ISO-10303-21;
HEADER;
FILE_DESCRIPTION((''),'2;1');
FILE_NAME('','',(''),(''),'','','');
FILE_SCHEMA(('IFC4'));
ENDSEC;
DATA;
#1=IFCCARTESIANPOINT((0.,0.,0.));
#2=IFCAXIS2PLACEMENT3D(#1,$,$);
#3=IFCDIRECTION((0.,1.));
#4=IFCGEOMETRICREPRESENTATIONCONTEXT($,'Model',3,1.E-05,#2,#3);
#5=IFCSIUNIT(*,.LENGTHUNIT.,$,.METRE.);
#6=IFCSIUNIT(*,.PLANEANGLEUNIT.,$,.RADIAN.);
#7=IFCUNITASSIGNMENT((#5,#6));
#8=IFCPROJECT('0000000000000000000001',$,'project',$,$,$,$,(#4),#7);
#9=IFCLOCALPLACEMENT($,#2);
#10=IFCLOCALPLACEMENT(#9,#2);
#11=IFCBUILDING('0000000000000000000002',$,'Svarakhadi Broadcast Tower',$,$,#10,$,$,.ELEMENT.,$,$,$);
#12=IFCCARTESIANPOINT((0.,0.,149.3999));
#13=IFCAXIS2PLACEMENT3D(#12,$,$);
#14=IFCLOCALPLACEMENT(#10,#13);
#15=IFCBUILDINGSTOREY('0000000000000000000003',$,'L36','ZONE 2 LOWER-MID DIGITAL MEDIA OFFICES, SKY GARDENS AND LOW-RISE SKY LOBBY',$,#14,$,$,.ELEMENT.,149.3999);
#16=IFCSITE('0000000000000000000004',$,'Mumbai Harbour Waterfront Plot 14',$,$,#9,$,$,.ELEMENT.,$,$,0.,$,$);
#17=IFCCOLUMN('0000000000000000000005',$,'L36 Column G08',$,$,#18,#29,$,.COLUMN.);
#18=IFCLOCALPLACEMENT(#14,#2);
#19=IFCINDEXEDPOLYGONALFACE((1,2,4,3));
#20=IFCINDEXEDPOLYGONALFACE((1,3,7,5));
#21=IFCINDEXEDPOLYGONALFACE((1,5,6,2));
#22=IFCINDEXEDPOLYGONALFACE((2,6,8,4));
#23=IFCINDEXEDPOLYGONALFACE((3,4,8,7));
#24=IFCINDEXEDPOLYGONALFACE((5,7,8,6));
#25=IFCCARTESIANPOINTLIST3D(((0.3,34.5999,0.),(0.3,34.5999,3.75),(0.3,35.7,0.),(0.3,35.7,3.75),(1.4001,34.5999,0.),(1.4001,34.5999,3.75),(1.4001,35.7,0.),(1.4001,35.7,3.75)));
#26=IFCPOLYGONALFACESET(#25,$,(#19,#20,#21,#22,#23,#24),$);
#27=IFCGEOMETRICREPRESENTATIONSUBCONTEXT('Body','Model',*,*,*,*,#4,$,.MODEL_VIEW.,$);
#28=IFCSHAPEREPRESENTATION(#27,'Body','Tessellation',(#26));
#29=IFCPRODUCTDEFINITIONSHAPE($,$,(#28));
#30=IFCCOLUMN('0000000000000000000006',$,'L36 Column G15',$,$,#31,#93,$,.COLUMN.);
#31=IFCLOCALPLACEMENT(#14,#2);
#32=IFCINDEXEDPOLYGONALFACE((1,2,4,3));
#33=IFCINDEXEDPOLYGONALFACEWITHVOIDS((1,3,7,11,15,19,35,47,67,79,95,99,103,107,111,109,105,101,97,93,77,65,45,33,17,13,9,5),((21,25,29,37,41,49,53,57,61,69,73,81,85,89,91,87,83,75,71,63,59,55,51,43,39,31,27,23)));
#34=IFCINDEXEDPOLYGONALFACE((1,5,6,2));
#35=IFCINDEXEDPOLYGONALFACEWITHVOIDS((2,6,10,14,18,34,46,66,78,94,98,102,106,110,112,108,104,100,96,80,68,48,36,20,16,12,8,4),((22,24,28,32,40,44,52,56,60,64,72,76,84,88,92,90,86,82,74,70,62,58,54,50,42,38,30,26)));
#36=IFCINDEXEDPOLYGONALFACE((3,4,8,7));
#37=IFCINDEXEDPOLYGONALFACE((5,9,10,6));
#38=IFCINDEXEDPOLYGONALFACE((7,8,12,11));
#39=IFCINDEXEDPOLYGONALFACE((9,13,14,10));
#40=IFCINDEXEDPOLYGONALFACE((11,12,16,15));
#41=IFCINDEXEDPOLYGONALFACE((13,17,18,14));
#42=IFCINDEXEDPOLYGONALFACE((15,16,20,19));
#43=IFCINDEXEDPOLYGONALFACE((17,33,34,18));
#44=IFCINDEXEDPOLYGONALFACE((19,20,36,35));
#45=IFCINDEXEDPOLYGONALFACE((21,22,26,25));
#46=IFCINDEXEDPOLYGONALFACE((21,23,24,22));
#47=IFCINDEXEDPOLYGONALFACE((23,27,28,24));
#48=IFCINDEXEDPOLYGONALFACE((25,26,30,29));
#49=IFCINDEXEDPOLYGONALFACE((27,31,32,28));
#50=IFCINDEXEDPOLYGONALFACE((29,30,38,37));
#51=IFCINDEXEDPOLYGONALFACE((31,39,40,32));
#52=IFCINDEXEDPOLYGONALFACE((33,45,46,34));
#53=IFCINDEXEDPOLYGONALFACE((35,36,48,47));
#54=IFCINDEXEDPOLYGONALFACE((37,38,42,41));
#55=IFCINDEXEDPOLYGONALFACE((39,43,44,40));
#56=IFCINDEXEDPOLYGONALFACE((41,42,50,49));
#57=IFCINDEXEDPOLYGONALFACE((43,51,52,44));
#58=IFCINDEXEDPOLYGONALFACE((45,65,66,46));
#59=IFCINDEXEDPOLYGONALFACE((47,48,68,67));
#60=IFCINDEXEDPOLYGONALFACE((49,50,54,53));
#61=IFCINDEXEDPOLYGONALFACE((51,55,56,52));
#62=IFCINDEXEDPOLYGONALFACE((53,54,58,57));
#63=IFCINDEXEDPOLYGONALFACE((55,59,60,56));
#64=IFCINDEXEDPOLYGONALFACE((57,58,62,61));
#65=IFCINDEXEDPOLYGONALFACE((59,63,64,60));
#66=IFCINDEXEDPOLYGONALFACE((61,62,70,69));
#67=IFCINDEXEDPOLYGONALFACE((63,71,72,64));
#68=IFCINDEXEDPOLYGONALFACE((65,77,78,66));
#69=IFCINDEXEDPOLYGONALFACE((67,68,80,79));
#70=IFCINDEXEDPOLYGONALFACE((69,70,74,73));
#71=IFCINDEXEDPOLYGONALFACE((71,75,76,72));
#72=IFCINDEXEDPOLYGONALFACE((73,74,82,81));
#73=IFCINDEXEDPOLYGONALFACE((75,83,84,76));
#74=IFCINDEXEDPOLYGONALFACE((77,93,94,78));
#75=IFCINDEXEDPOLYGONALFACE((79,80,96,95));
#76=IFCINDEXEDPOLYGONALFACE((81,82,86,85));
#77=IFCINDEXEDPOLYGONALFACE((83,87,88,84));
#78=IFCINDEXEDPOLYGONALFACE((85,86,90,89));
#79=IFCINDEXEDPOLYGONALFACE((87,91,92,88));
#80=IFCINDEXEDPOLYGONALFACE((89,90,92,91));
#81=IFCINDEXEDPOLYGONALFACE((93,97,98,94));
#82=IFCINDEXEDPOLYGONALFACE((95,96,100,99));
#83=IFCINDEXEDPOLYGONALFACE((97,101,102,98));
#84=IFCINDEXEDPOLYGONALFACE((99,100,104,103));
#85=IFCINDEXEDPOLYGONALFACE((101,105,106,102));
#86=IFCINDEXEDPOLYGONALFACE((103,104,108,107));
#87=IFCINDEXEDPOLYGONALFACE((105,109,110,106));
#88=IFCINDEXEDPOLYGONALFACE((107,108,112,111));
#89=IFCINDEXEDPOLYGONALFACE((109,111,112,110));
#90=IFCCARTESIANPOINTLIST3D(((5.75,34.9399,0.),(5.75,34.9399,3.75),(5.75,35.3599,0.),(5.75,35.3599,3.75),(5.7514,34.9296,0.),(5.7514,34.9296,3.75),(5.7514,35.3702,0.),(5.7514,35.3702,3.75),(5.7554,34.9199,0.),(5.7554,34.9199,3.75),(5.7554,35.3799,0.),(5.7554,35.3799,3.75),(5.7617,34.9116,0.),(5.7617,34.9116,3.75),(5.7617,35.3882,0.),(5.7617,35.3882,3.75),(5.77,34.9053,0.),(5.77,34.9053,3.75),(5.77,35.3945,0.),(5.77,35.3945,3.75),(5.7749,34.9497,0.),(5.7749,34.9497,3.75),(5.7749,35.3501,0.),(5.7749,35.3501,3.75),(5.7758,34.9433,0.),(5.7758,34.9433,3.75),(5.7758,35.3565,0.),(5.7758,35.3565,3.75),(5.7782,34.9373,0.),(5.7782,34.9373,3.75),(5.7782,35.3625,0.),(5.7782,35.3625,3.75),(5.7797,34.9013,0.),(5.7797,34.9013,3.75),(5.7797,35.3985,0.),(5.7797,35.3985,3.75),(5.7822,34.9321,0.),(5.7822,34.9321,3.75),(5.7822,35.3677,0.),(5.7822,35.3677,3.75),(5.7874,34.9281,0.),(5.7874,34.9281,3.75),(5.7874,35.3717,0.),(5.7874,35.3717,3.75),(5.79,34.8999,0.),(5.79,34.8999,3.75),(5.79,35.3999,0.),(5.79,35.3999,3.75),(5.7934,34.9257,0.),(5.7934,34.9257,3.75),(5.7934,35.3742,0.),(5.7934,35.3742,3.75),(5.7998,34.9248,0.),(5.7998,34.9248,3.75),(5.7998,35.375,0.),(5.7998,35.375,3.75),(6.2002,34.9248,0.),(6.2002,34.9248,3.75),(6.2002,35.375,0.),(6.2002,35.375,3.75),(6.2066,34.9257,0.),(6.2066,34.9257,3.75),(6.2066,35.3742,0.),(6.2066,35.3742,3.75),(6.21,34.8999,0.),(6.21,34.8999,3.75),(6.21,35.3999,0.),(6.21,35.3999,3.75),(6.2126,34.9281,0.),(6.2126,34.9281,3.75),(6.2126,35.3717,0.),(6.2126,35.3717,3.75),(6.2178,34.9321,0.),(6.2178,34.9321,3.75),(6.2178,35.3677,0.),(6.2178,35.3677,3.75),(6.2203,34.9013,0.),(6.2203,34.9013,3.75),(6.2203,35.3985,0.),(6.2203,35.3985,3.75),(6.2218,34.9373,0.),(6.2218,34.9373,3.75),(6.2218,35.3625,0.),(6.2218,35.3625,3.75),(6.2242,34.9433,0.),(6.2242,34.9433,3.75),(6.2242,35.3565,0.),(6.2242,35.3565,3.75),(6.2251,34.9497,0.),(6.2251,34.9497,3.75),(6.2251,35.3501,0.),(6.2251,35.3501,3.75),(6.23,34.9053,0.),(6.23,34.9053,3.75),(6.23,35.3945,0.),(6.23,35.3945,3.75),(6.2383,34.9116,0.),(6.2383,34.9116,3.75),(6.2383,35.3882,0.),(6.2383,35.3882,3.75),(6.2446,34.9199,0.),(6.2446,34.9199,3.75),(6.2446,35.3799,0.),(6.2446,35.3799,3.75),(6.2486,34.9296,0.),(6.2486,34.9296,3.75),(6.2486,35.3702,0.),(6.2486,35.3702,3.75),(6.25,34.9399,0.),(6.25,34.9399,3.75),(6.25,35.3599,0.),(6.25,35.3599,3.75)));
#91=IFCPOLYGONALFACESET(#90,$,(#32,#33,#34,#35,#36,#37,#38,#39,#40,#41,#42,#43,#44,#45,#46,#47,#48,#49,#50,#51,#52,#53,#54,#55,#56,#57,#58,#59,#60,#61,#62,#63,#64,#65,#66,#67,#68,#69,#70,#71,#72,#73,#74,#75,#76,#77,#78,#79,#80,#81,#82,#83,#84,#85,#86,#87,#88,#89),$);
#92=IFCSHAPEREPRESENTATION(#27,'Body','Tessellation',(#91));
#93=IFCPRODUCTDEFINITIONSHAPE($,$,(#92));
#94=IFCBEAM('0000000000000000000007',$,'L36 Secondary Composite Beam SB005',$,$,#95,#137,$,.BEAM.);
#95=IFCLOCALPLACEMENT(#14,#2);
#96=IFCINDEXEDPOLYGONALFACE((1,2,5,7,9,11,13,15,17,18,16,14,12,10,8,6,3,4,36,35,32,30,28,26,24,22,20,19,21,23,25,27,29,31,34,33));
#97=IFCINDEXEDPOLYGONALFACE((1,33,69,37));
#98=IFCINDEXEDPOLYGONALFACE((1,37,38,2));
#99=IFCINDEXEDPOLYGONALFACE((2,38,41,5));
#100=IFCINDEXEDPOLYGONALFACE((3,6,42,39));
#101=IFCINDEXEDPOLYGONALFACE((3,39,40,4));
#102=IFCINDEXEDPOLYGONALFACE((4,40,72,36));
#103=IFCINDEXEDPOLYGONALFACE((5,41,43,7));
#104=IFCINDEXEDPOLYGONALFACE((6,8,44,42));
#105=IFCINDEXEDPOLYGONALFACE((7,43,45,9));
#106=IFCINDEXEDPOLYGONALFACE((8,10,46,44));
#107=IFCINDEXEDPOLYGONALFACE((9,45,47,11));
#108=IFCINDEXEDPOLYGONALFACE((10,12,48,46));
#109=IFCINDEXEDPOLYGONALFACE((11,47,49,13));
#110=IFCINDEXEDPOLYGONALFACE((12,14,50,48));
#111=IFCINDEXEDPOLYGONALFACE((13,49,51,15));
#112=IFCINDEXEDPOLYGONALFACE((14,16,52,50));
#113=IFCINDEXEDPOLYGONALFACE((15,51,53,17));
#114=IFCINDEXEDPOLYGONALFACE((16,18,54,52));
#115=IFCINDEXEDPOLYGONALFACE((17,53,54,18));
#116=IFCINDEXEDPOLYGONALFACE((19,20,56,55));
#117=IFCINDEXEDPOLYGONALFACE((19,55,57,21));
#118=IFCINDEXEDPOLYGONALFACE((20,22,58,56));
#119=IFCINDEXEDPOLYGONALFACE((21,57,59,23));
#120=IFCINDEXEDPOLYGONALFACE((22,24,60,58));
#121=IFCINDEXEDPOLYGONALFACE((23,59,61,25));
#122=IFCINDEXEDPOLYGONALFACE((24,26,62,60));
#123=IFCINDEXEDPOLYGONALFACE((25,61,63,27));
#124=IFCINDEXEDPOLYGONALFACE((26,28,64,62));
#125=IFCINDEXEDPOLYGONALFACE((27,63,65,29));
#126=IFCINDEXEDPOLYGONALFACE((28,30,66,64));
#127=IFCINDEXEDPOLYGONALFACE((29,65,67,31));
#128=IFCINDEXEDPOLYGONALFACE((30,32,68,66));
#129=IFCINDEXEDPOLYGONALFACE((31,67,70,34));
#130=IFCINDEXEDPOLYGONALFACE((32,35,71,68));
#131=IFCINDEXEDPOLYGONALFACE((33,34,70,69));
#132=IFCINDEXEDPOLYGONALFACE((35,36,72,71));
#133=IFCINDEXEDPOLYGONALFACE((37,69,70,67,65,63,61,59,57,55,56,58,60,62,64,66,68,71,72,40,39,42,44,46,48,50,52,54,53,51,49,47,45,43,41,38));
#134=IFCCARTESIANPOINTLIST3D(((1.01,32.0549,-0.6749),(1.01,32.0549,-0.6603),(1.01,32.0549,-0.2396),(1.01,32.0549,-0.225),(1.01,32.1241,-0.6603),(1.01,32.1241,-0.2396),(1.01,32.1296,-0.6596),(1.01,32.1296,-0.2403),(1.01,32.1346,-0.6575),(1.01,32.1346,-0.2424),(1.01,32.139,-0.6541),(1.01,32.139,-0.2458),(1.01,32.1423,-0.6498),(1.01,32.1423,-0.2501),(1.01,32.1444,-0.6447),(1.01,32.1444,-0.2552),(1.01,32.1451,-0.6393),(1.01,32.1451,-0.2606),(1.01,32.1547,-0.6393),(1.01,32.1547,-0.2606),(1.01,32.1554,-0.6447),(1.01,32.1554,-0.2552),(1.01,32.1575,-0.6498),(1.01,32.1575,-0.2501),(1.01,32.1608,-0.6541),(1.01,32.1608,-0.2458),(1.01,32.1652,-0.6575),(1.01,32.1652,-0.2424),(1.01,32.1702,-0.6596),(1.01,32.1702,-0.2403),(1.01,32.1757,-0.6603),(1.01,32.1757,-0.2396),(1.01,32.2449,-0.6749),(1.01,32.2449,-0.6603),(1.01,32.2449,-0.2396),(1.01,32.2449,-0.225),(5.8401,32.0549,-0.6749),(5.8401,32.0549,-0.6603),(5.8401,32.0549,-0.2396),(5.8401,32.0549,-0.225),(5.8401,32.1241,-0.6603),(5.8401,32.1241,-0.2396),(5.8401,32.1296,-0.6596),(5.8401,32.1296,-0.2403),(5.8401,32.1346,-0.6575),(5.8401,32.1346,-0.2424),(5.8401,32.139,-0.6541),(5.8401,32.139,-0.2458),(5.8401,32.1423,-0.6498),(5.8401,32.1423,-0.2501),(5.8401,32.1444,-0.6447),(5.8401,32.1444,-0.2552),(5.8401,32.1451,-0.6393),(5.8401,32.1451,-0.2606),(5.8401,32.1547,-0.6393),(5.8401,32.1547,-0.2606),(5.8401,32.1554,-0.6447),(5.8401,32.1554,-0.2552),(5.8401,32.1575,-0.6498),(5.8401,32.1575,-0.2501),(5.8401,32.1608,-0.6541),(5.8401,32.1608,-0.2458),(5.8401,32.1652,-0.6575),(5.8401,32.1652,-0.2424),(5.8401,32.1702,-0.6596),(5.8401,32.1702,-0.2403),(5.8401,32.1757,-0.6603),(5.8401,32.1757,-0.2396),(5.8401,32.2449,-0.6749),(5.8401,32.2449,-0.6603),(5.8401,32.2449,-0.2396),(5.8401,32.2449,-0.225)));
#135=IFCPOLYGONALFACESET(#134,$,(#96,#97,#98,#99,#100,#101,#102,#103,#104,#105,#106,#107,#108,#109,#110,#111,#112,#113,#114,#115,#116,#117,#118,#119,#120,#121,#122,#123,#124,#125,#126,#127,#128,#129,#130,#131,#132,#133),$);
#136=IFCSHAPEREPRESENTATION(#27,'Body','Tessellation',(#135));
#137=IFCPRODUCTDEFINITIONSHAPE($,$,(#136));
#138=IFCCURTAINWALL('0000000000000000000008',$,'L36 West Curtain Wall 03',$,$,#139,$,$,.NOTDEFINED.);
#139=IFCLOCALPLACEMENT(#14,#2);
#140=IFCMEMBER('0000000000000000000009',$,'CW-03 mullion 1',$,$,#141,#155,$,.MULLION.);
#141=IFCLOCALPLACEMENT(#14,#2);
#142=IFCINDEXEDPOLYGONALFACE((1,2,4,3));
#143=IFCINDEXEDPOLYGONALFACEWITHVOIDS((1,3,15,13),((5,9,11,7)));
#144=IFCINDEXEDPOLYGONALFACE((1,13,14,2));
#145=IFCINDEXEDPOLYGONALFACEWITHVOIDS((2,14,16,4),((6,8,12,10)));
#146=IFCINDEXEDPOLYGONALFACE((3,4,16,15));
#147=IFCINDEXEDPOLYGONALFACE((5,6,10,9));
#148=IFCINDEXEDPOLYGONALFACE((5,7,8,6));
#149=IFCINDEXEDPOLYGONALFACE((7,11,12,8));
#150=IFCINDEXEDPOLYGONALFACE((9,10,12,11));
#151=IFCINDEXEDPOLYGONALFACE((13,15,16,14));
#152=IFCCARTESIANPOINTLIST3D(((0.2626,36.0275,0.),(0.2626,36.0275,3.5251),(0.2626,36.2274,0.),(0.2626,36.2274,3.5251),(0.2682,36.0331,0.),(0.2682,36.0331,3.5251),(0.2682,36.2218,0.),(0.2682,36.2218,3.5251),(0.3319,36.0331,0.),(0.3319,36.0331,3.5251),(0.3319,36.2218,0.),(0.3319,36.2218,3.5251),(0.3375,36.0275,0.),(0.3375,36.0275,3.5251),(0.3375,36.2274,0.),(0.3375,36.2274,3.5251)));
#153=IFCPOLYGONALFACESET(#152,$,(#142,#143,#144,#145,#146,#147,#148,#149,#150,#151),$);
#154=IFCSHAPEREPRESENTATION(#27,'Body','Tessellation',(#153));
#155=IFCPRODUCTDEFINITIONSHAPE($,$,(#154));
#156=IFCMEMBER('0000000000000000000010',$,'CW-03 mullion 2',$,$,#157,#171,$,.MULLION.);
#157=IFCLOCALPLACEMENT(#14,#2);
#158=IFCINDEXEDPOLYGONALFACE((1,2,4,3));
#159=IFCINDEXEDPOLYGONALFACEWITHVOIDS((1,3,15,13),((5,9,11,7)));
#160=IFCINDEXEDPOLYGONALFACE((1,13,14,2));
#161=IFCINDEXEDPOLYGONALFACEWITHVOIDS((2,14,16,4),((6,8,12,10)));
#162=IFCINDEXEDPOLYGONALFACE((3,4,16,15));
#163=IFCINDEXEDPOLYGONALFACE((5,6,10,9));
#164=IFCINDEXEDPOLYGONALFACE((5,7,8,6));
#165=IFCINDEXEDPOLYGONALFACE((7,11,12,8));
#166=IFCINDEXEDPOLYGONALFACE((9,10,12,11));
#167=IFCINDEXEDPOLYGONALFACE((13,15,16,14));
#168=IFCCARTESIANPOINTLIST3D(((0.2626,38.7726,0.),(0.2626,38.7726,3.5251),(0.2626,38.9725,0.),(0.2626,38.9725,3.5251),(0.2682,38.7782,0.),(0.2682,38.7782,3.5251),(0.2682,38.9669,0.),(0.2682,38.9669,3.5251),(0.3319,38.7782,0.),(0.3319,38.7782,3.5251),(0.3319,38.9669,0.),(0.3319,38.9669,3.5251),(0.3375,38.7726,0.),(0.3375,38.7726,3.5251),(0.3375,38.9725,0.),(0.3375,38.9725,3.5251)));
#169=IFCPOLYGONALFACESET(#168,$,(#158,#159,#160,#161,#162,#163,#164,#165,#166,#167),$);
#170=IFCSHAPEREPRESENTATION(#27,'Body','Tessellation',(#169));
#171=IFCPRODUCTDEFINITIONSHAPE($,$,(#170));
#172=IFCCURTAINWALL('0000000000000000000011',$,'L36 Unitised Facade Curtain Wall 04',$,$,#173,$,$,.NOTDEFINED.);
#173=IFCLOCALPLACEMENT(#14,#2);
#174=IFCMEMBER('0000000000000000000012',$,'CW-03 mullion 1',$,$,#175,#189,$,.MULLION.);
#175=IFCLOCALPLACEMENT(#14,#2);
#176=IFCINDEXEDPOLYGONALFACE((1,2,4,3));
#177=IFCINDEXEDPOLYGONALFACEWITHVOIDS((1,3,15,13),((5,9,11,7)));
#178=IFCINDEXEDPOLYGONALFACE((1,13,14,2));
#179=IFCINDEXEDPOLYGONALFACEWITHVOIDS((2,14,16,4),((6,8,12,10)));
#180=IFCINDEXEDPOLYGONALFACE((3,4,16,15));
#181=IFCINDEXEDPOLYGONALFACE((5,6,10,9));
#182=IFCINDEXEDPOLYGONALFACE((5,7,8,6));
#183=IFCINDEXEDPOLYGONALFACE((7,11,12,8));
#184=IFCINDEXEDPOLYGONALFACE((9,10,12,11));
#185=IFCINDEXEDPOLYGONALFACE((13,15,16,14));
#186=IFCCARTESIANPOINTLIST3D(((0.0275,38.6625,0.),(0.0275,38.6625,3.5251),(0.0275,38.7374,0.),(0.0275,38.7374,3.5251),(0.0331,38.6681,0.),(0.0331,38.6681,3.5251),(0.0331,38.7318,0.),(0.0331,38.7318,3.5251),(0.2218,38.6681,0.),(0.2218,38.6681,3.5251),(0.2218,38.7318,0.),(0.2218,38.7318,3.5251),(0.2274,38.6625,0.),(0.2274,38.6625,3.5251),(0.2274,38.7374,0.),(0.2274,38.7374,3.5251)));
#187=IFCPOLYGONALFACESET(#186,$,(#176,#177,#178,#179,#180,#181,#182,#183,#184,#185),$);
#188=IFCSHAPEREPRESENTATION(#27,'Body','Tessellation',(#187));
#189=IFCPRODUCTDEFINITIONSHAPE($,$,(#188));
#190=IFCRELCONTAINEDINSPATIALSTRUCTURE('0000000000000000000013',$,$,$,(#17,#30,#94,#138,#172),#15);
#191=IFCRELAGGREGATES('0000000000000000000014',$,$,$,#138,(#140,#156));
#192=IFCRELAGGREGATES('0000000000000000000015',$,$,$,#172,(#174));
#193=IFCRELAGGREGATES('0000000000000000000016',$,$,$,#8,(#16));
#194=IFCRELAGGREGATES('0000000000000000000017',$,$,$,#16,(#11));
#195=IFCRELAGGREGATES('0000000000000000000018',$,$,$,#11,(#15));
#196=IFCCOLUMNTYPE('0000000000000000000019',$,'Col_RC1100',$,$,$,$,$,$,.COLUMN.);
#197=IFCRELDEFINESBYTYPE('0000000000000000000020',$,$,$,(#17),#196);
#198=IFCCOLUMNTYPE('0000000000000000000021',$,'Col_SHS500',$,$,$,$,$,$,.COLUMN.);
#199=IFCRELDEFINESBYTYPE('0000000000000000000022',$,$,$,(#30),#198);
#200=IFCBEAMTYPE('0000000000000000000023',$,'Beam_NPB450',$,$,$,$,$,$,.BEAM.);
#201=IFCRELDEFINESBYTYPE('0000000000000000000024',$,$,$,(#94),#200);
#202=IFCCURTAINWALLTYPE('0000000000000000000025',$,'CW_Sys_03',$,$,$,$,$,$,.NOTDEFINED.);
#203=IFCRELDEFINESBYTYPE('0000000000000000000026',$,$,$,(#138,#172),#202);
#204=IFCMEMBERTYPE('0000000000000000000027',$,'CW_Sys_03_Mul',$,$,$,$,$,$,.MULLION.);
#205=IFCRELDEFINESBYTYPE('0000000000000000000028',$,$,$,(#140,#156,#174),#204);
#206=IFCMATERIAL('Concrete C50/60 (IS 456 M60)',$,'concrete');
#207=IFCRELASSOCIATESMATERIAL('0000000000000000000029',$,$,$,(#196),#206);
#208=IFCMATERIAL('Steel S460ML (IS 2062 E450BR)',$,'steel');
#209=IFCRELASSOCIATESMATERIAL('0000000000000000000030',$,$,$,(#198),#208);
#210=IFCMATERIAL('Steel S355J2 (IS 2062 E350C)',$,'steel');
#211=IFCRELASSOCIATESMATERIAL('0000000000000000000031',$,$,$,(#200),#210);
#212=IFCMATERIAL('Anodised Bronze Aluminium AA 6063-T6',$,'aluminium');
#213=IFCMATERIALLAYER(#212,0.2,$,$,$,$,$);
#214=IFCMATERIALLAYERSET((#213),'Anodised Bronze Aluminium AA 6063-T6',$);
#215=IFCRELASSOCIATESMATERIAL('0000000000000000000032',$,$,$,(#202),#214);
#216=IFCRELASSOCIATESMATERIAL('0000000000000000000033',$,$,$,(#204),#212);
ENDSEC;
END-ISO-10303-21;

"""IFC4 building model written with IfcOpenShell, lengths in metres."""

from ifc_helpers import new_model, si_unit, direction, frame, origin, origin_2d, place, context, subcontext, project, spatial, rectangle, hollow_rectangle, i_section, extrude, material, layer, layer_set, material_profile, profile_set, type_object, element, aggregate, save


model = new_model("IFC4")

# Units and contexts
model_context = context("Model", 3, precision=1e-05, world=origin(), true_north=direction((0.0, 1.0)))
body_context = subcontext(model_context, "Body", "Model", "MODEL_VIEW")
ifc_project = project(units=[si_unit("LENGTHUNIT", "METRE"), si_unit("PLANEANGLEUNIT", "RADIAN")], contexts=[model_context])

# Site, building, storey
site_placement = place(None, origin())
site = spatial("IfcSite", under=ifc_project, at=site_placement, Name="Mumbai Harbour Waterfront Plot 14", CompositionType="ELEMENT", RefElevation=0.0)
building_placement = place(site_placement, origin())
building = spatial("IfcBuilding", under=site, at=building_placement, Name="Svarakhadi Broadcast Tower", CompositionType="ELEMENT")
storey_placement = place(building_placement, frame((0.0, 0.0, 149.3999)))
storey = spatial("IfcBuildingStorey", under=building, at=storey_placement, Name="L36", Description="ZONE 2 LOWER-MID DIGITAL MEDIA OFFICES, SKY GARDENS AND LOW-RISE SKY LOBBY", CompositionType="ELEMENT", Elevation=149.3999)

# Columns
ifc_material_1 = material(Name="Concrete C50/60 (IS 456 M60)", Category="concrete")
ifc_material_profile_1 = material_profile(ifc_material_1, rectangle(XDim=1.1001, YDim=1.1001, at=origin_2d()), Name="RC 1100x1100")
ifc_profile_set_1 = profile_set([ifc_material_profile_1], Name="Concrete C50/60 (IS 456 M60)")
column_type_1 = type_object("IfcColumnType", Name="Col_RC1100", PredefinedType="COLUMN", material=ifc_profile_set_1)
column_1_placement = place(storey_placement, frame((0.8501, 35.1499, 0.0), z_axis=(0.0, 0.0, 1.0), x_axis=(1.0, 0.0, 0.0)))
element("IfcColumn", 1, at=column_1_placement, inside=storey, type_object=column_type_1, Name="L36 Column G08", PredefinedType="COLUMN", context=body_context, shape_type="SweptSolid", body=[
    extrude(rectangle(XDim=1.1001, YDim=1.1001, at=origin_2d()), origin(), (0.0, 0.0, 1.0), 3.75),
])
ifc_material_2 = material(Name="Steel S460ML (IS 2062 E450BR)", Category="steel")
ifc_material_profile_2 = material_profile(ifc_material_2, hollow_rectangle(XDim=0.5, YDim=0.5, WallThickness=0.0249, InnerFilletRadius=0.0249, OuterFilletRadius=0.04, at=origin_2d()), Name="SHS 500x500x25")
ifc_profile_set_2 = profile_set([ifc_material_profile_2], Name="Steel S460ML (IS 2062 E450BR)")
column_type_2 = type_object("IfcColumnType", Name="Col_SHS500", PredefinedType="COLUMN", material=ifc_profile_set_2)
column_2_placement = place(storey_placement, frame((6.0, 35.1499, 0.0), z_axis=(0.0, 0.0, 1.0), x_axis=(1.0, 0.0, 0.0)))
element("IfcColumn", 2, at=column_2_placement, inside=storey, type_object=column_type_2, Name="L36 Column G15", PredefinedType="COLUMN", context=body_context, shape_type="SweptSolid", body=[
    extrude(hollow_rectangle(XDim=0.5, YDim=0.5, WallThickness=0.0249, InnerFilletRadius=0.0249, OuterFilletRadius=0.04, at=origin_2d()), origin(), (0.0, 0.0, 1.0), 3.75),
])

# Beam
ifc_material_3 = material(Name="Steel S355J2 (IS 2062 E350C)", Category="steel")
ifc_material_profile_3 = material_profile(ifc_material_3, i_section(OverallWidth=0.1899, OverallDepth=0.45, WebThickness=0.0095, FlangeThickness=0.0146, FilletRadius=0.021, at=origin_2d()), Name="NPB 450x190x78")
ifc_profile_set_3 = profile_set([ifc_material_profile_3], Name="Steel S355J2 (IS 2062 E350C)")
beam_type_1 = type_object("IfcBeamType", Name="Beam_NPB450", PredefinedType="BEAM", material=ifc_profile_set_3)
beam_1_placement = place(storey_placement, frame((1.01, 32.1499, -0.45), z_axis=(1.0, 0.0, 0.0), x_axis=(0.0, 1.0, 0.0)))
element("IfcBeam", 3, at=beam_1_placement, inside=storey, type_object=beam_type_1, Name="L36 Secondary Composite Beam SB005", PredefinedType="BEAM", context=body_context, shape_type="SweptSolid", body=[
    extrude(i_section(OverallWidth=0.1899, OverallDepth=0.45, WebThickness=0.0095, FlangeThickness=0.0146, FilletRadius=0.021, at=origin_2d()), origin(), (0.0, 0.0, 1.0), 4.8301),
])

# Curtain walls, members
ifc_material_4 = material(Name="Anodised Bronze Aluminium AA 6063-T6", Category="aluminium")
ifc_layer_1 = layer(ifc_material_4, 0.2)
ifc_layer_set_1 = layer_set([ifc_layer_1], Name="Anodised Bronze Aluminium AA 6063-T6")
curtain_wall_type = type_object("IfcCurtainWallType", Name="CW_Sys_03", PredefinedType="NOTDEFINED", material=ifc_layer_set_1)
curtain_wall_1_placement = place(storey_placement, origin())
curtain_wall_1 = element("IfcCurtainWall", 4, at=curtain_wall_1_placement, inside=storey, type_object=curtain_wall_type, Name="L36 West Curtain Wall 03", PredefinedType="NOTDEFINED")
ifc_material_profile_4 = material_profile(ifc_material_4, hollow_rectangle(XDim=0.075, YDim=0.2, WallThickness=0.0056, at=origin_2d()), Name="ALU MULLION 200x75x6")
ifc_profile_set_4 = profile_set([ifc_material_profile_4], Name="Anodised Bronze Aluminium AA 6063-T6")
member_type_1 = type_object("IfcMemberType", Name="CW_Sys_03_Mul", PredefinedType="MULLION", material=ifc_profile_set_4)
member_1_placement = place(storey_placement, frame((0.3, 36.1274, 0.0), z_axis=(0.0, 0.0, 1.0), x_axis=(-1.0, 0.0, 0.0)))
member_1 = element("IfcMember", 5, at=member_1_placement, type_object=member_type_1, Name="CW-03 mullion 1", PredefinedType="MULLION", context=body_context, shape_type="SweptSolid", body=[
    extrude(hollow_rectangle(XDim=0.075, YDim=0.2, WallThickness=0.0056, at=origin_2d()), origin(), (0.0, 0.0, 1.0), 3.5251),
])
member_2_placement = place(storey_placement, frame((0.3, 38.8726, 0.0), z_axis=(0.0, 0.0, 1.0), x_axis=(-1.0, 0.0, 0.0)))
member_2 = element("IfcMember", 6, at=member_2_placement, type_object=member_type_1, Name="CW-03 mullion 2", PredefinedType="MULLION", context=body_context, shape_type="SweptSolid", body=[
    extrude(hollow_rectangle(XDim=0.075, YDim=0.2, WallThickness=0.0056, at=origin_2d()), origin(), (0.0, 0.0, 1.0), 3.5251),
])
curtain_wall_2_placement = place(storey_placement, origin())
curtain_wall_2 = element("IfcCurtainWall", 7, at=curtain_wall_2_placement, inside=storey, type_object=curtain_wall_type, Name="L36 Unitised Facade Curtain Wall 04", PredefinedType="NOTDEFINED")
member_3_placement = place(storey_placement, frame((0.1274, 38.7, 0.0), z_axis=(0.0, 0.0, 1.0), x_axis=(0.0, 1.0, 0.0)))
member_3 = element("IfcMember", 8, at=member_3_placement, type_object=member_type_1, Name="CW-03 mullion 1", PredefinedType="MULLION", context=body_context, shape_type="SweptSolid", body=[
    extrude(hollow_rectangle(XDim=0.075, YDim=0.2, WallThickness=0.0056, at=origin_2d()), origin(), (0.0, 0.0, 1.0), 3.5251),
])

aggregate(curtain_wall_1, [member_1, member_2])
aggregate(curtain_wall_2, [member_3])

save(model, "model.ifc")
